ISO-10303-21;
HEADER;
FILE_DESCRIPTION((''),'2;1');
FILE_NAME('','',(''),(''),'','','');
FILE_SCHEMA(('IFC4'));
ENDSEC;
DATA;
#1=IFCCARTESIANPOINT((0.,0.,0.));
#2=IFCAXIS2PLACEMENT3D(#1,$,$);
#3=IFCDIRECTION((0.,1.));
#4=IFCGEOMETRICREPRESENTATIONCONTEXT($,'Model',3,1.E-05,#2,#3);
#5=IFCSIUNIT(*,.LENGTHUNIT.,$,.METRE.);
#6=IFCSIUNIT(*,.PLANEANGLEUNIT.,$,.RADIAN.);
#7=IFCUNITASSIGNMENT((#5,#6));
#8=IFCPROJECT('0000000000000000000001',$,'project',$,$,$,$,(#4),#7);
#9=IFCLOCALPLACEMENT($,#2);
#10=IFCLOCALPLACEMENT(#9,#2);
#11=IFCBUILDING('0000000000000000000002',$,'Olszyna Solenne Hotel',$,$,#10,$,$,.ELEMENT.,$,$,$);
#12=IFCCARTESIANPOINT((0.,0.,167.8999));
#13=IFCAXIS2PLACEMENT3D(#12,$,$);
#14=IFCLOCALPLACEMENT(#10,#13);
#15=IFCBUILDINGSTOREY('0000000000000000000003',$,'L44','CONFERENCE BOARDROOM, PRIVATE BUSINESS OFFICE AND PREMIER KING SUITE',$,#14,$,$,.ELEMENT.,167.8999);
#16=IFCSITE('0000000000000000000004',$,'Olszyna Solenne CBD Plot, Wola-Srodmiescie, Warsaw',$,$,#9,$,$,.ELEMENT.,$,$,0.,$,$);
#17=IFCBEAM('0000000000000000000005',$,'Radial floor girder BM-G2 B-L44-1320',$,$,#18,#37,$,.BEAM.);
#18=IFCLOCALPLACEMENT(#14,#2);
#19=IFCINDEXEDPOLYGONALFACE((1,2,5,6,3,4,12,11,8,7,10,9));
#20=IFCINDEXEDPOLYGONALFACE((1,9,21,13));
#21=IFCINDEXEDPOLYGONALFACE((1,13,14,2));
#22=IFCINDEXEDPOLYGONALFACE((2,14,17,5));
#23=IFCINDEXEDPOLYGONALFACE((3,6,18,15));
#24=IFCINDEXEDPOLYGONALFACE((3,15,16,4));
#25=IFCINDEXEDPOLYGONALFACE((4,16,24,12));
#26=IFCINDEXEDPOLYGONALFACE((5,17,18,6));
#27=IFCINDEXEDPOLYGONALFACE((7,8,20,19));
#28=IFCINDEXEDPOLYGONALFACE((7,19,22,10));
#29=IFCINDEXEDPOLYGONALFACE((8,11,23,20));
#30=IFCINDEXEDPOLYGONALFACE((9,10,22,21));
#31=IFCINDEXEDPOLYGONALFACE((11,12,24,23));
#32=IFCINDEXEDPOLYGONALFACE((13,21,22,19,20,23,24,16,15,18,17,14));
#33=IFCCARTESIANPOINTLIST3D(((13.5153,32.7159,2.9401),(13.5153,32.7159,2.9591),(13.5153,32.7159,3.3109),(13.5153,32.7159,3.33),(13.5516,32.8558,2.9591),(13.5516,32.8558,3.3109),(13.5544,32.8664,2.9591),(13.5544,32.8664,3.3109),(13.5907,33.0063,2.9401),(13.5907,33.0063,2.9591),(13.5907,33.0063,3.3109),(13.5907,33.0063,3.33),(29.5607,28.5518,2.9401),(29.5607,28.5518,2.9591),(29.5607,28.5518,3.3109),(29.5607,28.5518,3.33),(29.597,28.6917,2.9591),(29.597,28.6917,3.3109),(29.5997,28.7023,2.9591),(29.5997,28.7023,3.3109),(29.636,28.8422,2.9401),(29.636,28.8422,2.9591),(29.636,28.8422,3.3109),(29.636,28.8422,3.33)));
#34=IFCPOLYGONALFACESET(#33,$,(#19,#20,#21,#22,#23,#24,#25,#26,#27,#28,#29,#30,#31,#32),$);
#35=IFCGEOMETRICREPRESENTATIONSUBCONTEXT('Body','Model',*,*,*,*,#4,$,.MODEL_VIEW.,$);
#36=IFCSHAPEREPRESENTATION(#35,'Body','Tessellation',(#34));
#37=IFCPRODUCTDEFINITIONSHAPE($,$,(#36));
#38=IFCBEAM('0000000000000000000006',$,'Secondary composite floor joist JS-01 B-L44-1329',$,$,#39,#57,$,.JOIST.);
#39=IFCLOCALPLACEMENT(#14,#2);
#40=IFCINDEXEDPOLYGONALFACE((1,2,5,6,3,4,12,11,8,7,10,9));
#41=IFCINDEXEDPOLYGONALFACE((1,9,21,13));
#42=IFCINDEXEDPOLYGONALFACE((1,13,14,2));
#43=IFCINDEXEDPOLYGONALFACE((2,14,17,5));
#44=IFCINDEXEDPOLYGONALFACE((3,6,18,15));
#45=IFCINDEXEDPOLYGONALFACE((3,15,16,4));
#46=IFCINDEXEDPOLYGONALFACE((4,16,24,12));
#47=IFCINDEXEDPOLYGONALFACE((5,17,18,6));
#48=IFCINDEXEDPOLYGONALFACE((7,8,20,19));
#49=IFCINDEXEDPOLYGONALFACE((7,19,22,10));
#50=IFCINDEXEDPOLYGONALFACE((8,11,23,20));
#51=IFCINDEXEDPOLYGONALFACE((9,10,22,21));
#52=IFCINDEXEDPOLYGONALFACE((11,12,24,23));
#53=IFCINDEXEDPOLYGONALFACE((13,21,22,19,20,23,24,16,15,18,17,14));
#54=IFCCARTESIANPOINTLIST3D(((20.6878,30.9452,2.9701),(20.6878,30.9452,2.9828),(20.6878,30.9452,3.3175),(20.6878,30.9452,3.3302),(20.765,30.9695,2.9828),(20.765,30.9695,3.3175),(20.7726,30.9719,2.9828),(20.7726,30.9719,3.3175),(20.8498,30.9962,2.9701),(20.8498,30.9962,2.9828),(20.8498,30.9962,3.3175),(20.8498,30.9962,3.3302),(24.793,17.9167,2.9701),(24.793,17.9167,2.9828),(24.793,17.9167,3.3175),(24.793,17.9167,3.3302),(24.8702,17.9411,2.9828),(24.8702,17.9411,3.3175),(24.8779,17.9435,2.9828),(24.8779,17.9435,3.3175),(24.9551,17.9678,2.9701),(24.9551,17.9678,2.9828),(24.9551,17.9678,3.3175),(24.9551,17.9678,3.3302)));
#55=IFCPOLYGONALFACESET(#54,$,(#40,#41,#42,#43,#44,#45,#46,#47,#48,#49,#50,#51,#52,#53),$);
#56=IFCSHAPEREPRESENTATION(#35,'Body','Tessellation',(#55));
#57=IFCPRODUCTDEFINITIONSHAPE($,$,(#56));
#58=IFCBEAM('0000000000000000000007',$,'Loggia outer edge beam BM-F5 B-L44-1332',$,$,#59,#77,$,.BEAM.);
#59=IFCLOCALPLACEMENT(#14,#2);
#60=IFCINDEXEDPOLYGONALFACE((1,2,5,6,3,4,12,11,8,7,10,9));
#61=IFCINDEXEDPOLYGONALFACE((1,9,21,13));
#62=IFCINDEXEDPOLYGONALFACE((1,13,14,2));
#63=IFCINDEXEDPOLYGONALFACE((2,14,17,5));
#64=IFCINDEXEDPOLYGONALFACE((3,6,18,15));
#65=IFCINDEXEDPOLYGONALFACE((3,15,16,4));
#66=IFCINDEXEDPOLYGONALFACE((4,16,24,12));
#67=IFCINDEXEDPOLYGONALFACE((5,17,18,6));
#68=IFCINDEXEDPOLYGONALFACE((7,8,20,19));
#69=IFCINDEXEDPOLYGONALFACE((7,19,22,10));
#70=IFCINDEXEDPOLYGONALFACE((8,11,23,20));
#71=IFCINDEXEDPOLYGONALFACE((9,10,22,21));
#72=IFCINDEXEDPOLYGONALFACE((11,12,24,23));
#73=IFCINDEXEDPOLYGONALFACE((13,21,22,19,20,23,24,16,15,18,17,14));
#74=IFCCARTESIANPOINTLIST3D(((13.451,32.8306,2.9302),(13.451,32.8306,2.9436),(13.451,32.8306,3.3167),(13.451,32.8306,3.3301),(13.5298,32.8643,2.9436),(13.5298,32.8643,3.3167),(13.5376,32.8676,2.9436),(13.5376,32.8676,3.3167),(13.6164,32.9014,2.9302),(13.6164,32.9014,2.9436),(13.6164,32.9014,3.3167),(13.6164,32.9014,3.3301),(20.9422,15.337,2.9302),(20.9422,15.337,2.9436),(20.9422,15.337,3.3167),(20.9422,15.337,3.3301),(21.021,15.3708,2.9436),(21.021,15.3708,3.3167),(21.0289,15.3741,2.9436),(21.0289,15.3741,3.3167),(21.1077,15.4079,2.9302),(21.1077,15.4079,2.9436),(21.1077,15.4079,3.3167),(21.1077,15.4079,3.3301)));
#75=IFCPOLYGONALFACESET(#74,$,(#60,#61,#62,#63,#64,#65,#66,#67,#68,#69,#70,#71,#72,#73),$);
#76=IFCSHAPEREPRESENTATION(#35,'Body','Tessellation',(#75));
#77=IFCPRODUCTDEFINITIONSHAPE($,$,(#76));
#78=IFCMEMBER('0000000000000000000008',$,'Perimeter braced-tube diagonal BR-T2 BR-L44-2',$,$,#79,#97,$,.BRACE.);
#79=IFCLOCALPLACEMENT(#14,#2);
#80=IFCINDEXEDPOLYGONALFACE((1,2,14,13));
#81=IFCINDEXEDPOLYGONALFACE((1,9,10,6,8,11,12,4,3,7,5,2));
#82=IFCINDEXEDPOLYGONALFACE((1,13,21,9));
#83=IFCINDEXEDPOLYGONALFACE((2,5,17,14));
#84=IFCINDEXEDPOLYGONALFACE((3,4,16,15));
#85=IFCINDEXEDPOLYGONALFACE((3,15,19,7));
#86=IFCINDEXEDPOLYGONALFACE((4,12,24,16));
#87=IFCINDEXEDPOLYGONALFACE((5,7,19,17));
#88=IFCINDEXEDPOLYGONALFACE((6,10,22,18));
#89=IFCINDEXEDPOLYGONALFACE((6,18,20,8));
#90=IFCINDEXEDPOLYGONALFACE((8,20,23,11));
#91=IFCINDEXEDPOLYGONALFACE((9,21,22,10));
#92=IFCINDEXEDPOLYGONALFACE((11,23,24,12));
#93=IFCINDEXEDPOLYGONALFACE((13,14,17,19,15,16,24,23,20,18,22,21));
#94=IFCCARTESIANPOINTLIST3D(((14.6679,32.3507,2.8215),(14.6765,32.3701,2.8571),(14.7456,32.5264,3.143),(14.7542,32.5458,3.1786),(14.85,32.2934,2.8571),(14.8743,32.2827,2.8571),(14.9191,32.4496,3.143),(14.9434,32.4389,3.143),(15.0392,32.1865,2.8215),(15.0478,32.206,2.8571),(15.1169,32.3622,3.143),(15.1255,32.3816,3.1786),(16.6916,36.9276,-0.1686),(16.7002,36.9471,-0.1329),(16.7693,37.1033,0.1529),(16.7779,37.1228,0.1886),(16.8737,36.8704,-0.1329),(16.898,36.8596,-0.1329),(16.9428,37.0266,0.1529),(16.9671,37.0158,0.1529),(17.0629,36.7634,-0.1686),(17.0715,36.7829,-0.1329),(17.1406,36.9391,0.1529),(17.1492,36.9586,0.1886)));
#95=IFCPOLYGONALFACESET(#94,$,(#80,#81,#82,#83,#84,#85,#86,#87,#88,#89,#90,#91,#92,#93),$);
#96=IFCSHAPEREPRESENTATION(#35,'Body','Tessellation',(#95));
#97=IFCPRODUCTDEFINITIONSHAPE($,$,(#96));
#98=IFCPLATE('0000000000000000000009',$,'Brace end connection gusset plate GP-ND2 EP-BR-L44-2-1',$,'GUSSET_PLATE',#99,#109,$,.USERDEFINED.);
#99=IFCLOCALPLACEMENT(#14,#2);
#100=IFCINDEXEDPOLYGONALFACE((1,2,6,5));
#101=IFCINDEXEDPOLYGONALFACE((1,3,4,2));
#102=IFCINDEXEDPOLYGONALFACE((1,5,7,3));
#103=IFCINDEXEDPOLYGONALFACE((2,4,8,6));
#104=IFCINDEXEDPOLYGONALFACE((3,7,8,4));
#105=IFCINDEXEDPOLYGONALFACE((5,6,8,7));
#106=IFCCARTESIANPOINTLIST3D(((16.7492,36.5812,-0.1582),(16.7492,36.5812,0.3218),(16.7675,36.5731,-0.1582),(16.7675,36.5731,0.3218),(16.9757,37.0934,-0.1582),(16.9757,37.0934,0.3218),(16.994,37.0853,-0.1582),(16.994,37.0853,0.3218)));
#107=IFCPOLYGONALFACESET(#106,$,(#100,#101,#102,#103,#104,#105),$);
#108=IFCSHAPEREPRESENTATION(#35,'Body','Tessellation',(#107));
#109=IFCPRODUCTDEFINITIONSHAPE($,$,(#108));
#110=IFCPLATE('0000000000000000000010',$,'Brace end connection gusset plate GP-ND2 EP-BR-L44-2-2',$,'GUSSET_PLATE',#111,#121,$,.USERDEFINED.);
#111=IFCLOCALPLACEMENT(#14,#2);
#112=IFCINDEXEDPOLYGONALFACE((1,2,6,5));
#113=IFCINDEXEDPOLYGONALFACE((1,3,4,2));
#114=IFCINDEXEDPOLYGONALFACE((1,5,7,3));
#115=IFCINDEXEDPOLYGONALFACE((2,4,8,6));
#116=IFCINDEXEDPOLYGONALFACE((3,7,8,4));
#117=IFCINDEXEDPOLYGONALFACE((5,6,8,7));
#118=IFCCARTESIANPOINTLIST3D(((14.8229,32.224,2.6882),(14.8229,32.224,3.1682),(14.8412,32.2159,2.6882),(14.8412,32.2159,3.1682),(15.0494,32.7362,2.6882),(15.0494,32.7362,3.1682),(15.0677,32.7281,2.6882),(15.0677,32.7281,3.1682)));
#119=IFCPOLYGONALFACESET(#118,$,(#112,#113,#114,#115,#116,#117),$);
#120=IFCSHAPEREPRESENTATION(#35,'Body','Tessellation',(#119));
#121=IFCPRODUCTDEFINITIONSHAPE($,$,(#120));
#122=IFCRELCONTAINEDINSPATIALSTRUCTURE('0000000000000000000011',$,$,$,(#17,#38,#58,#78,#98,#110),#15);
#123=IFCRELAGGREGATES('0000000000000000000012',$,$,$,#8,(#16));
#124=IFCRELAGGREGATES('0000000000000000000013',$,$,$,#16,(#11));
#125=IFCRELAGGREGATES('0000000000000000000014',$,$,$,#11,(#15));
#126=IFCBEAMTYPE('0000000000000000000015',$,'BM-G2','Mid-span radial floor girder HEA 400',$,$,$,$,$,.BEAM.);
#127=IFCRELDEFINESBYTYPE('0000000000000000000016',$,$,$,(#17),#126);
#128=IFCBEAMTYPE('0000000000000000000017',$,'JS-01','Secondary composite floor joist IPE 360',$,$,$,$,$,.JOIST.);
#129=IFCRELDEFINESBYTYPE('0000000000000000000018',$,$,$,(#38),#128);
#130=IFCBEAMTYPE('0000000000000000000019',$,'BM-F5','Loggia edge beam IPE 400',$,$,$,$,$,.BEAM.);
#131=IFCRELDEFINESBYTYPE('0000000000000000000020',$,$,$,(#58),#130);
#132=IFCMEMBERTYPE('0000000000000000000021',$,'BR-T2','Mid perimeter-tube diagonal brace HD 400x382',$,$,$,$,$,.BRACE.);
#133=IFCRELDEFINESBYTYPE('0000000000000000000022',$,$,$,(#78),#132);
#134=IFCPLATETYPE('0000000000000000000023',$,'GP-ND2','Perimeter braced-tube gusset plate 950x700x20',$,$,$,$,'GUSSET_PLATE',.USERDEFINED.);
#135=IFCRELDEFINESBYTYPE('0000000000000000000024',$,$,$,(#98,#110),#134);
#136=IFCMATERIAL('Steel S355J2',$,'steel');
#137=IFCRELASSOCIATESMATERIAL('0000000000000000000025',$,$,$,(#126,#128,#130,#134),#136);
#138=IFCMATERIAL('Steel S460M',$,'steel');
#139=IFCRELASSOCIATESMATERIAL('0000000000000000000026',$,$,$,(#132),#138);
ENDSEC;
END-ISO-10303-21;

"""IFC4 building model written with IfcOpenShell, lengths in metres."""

from ifc_helpers import new_model, si_unit, direction, frame, origin, origin_2d, place, context, subcontext, project, spatial, rectangle, i_section, extrude, source, transform, mapped, material, material_profile, profile_set, type_object, element, save


model = new_model("IFC4")

# Units and contexts
model_context = context("Model", 3, precision=1e-05, world=origin(), true_north=direction((0.0, 1.0)))
body_context = subcontext(model_context, "Body", "Model", "MODEL_VIEW")
ifc_project = project(units=[si_unit("LENGTHUNIT", "METRE"), si_unit("PLANEANGLEUNIT", "RADIAN")], contexts=[model_context])

# Site, building, storey
site_placement = place(None, origin())
site = spatial("IfcSite", under=ifc_project, at=site_placement, Name="Olszyna Solenne CBD Plot, Wola-Srodmiescie, Warsaw", CompositionType="ELEMENT", RefElevation=0.0)
building_placement = place(site_placement, origin())
building = spatial("IfcBuilding", under=site, at=building_placement, Name="Olszyna Solenne Hotel", CompositionType="ELEMENT")
storey_placement = place(building_placement, frame((0.0, 0.0, 167.8999)))
storey = spatial("IfcBuildingStorey", under=building, at=storey_placement, Name="L44", Description="CONFERENCE BOARDROOM, PRIVATE BUSINESS OFFICE AND PREMIER KING SUITE", CompositionType="ELEMENT", Elevation=167.8999)

# Shared definitions
ifc_material_1 = material(Name="Steel S460M", Category="steel")

# Beams
ifc_material_2 = material(Name="Steel S355J2", Category="steel")
ifc_material_profile_1 = material_profile(ifc_material_2, i_section(OverallWidth=0.3, OverallDepth=0.3899, WebThickness=0.011, FlangeThickness=0.019, at=origin_2d()), Name="HEA 400", Category="load-bearing")
ifc_profile_set_1 = profile_set([ifc_material_profile_1], Name="Steel S355J2")
beam_type_1 = type_object("IfcBeamType", Name="BM-G2", Description="Mid-span radial floor girder HEA 400", PredefinedType="BEAM", material=ifc_profile_set_1)
shared_shape_1 = source(origin(), body_context, "Body", "SweptSolid", [
    extrude(i_section(OverallWidth=0.3, OverallDepth=0.3899, WebThickness=0.011, FlangeThickness=0.019, at=origin_2d()), origin(), (0.0, 0.0, 1.0), 16.5769),
])
beam_1_placement = place(storey_placement, frame((13.553, 32.8611, 3.135), z_axis=(0.967936, -0.251196, 0.0), x_axis=(0.251196, 0.967936, 0.0)))
element("IfcBeam", 1, at=beam_1_placement, inside=storey, type_object=beam_type_1, Name="Radial floor girder BM-G2 B-L44-1320", PredefinedType="BEAM", context=body_context, shape_type="MappedRepresentation", body=[
    mapped(shared_shape_1, transform((0.0, 0.0, 0.0), x_axis=(1.0, 0.0, 0.0), y_axis=(0.0, 1.0, 0.0), z_axis=(0.0, 0.0, 1.0), scale=1.0)),
])
ifc_material_profile_2 = material_profile(ifc_material_2, i_section(OverallWidth=0.1699, OverallDepth=0.3601, WebThickness=0.0081, FlangeThickness=0.0127, at=origin_2d()), Name="IPE 360", Category="load-bearing")
ifc_profile_set_2 = profile_set([ifc_material_profile_2], Name="Steel S355J2")
beam_type_2 = type_object("IfcBeamType", Name="JS-01", Description="Secondary composite floor joist IPE 360", PredefinedType="JOIST", material=ifc_profile_set_2)
shared_shape_2 = source(origin(), body_context, "Body", "SweptSolid", [
    extrude(i_section(OverallWidth=0.1699, OverallDepth=0.3601, WebThickness=0.0081, FlangeThickness=0.0127, at=origin_2d()), origin(), (0.0, 0.0, 1.0), 13.6599),
])
beam_2_placement = place(storey_placement, frame((20.7688, 30.9707, 3.1501), z_axis=(0.300533, -0.953771, 0.0), x_axis=(0.953771, 0.300533, 0.0)))
element("IfcBeam", 2, at=beam_2_placement, inside=storey, type_object=beam_type_2, Name="Secondary composite floor joist JS-01 B-L44-1329", PredefinedType="JOIST", context=body_context, shape_type="MappedRepresentation", body=[
    mapped(shared_shape_2, transform((0.0, 0.0, 0.0), x_axis=(1.0, 0.0, 0.0), y_axis=(0.0, 1.0, 0.0), z_axis=(0.0, 0.0, 1.0), scale=1.0)),
])
ifc_material_profile_3 = material_profile(ifc_material_2, i_section(OverallWidth=0.1799, OverallDepth=0.3999, WebThickness=0.0085, FlangeThickness=0.0134, at=origin_2d()), Name="IPE 400", Category="load-bearing")
ifc_profile_set_3 = profile_set([ifc_material_profile_3], Name="Steel S355J2")
beam_type_3 = type_object("IfcBeamType", Name="BM-F5", Description="Loggia edge beam IPE 400", PredefinedType="BEAM", material=ifc_profile_set_3)
shared_shape_3 = source(origin(), body_context, "Body", "SweptSolid", [
    extrude(i_section(OverallWidth=0.1799, OverallDepth=0.3999, WebThickness=0.0085, FlangeThickness=0.0134, at=origin_2d()), origin(), (0.0, 0.0, 1.0), 19.03),
])
beam_3_placement = place(storey_placement, frame((13.5337, 32.866, 3.1301), z_axis=(0.393655, -0.919258, 0.0), x_axis=(0.919258, 0.393655, 0.0)))
element("IfcBeam", 3, at=beam_3_placement, inside=storey, type_object=beam_type_3, Name="Loggia outer edge beam BM-F5 B-L44-1332", PredefinedType="BEAM", context=body_context, shape_type="MappedRepresentation", body=[
    mapped(shared_shape_3, transform((0.0, 0.0, 0.0), x_axis=(1.0, 0.0, 0.0), y_axis=(0.0, 1.0, 0.0), z_axis=(0.0, 0.0, 1.0), scale=1.0)),
])

# Member
ifc_material_profile_4 = material_profile(ifc_material_1, i_section(OverallWidth=0.406, OverallDepth=0.416, WebThickness=0.0266, FlangeThickness=0.0415, at=origin_2d()), Name="HD 400x382", Category="load-bearing")
ifc_profile_set_4 = profile_set([ifc_material_profile_4], Name="Steel S460M")
member_type = type_object("IfcMemberType", Name="BR-T2", Description="Mid perimeter-tube diagonal brace HD 400x382", PredefinedType="BRACE", material=ifc_profile_set_4)
shared_shape_4 = source(origin(), body_context, "Body", "SweptSolid", [
    extrude(i_section(OverallWidth=0.406, OverallDepth=0.416, WebThickness=0.0266, FlangeThickness=0.0415, at=origin_2d()), origin(), (0.0, 0.0, 1.0), 5.8296),
])
member_placement = place(storey_placement, frame((16.9204, 36.9431, 0.01), z_axis=(-0.347143, -0.785125, 0.512904), x_axis=(0.914588, -0.404386, 0.0)))
element("IfcMember", 4, at=member_placement, inside=storey, type_object=member_type, Name="Perimeter braced-tube diagonal BR-T2 BR-L44-2", PredefinedType="BRACE", context=body_context, shape_type="MappedRepresentation", body=[
    mapped(shared_shape_4, transform((0.0, 0.0, 0.0), x_axis=(1.0, 0.0, 0.0), y_axis=(0.0, 1.0, 0.0), z_axis=(0.0, 0.0, 1.0), scale=1.0)),
])

# Plates
plate_type = type_object("IfcPlateType", Name="GP-ND2", Description="Perimeter braced-tube gusset plate 950x700x20", ElementType="GUSSET_PLATE", PredefinedType="USERDEFINED", material=ifc_material_2)
shared_shape_5 = source(origin(), body_context, "Body", "SweptSolid", [
    extrude(rectangle(XDim=0.5601, YDim=0.02, at=origin_2d()), origin(), (0.0, 0.0, 1.0), 0.48),
])
for number, where, z_axis, x_axis, name in (
    (5, (16.8716, 36.8333, -0.1582), (0.0, 0.0, 1.0), (-0.404344, -0.914607, 0.0), "Brace end connection gusset plate GP-ND2 EP-BR-L44-2-1"),
    (6, (14.9453, 32.4761, 2.6882), (0.0, 0.0, 1.0), (-0.404344, -0.914607, 0.0), "Brace end connection gusset plate GP-ND2 EP-BR-L44-2-2"),
):
    element("IfcPlate", number, at=place(storey_placement, frame(where, z_axis=z_axis, x_axis=x_axis)), inside=storey, type_object=plate_type, Name=name, ObjectType="GUSSET_PLATE", PredefinedType="USERDEFINED", context=body_context, shape_type="MappedRepresentation", body=[
        mapped(shared_shape_5, transform((0.0, 0.0, 0.0), x_axis=(1.0, 0.0, 0.0), y_axis=(0.0, 1.0, 0.0), z_axis=(0.0, 0.0, 1.0), scale=1.0)),
    ])

save(model, "model.ifc")
